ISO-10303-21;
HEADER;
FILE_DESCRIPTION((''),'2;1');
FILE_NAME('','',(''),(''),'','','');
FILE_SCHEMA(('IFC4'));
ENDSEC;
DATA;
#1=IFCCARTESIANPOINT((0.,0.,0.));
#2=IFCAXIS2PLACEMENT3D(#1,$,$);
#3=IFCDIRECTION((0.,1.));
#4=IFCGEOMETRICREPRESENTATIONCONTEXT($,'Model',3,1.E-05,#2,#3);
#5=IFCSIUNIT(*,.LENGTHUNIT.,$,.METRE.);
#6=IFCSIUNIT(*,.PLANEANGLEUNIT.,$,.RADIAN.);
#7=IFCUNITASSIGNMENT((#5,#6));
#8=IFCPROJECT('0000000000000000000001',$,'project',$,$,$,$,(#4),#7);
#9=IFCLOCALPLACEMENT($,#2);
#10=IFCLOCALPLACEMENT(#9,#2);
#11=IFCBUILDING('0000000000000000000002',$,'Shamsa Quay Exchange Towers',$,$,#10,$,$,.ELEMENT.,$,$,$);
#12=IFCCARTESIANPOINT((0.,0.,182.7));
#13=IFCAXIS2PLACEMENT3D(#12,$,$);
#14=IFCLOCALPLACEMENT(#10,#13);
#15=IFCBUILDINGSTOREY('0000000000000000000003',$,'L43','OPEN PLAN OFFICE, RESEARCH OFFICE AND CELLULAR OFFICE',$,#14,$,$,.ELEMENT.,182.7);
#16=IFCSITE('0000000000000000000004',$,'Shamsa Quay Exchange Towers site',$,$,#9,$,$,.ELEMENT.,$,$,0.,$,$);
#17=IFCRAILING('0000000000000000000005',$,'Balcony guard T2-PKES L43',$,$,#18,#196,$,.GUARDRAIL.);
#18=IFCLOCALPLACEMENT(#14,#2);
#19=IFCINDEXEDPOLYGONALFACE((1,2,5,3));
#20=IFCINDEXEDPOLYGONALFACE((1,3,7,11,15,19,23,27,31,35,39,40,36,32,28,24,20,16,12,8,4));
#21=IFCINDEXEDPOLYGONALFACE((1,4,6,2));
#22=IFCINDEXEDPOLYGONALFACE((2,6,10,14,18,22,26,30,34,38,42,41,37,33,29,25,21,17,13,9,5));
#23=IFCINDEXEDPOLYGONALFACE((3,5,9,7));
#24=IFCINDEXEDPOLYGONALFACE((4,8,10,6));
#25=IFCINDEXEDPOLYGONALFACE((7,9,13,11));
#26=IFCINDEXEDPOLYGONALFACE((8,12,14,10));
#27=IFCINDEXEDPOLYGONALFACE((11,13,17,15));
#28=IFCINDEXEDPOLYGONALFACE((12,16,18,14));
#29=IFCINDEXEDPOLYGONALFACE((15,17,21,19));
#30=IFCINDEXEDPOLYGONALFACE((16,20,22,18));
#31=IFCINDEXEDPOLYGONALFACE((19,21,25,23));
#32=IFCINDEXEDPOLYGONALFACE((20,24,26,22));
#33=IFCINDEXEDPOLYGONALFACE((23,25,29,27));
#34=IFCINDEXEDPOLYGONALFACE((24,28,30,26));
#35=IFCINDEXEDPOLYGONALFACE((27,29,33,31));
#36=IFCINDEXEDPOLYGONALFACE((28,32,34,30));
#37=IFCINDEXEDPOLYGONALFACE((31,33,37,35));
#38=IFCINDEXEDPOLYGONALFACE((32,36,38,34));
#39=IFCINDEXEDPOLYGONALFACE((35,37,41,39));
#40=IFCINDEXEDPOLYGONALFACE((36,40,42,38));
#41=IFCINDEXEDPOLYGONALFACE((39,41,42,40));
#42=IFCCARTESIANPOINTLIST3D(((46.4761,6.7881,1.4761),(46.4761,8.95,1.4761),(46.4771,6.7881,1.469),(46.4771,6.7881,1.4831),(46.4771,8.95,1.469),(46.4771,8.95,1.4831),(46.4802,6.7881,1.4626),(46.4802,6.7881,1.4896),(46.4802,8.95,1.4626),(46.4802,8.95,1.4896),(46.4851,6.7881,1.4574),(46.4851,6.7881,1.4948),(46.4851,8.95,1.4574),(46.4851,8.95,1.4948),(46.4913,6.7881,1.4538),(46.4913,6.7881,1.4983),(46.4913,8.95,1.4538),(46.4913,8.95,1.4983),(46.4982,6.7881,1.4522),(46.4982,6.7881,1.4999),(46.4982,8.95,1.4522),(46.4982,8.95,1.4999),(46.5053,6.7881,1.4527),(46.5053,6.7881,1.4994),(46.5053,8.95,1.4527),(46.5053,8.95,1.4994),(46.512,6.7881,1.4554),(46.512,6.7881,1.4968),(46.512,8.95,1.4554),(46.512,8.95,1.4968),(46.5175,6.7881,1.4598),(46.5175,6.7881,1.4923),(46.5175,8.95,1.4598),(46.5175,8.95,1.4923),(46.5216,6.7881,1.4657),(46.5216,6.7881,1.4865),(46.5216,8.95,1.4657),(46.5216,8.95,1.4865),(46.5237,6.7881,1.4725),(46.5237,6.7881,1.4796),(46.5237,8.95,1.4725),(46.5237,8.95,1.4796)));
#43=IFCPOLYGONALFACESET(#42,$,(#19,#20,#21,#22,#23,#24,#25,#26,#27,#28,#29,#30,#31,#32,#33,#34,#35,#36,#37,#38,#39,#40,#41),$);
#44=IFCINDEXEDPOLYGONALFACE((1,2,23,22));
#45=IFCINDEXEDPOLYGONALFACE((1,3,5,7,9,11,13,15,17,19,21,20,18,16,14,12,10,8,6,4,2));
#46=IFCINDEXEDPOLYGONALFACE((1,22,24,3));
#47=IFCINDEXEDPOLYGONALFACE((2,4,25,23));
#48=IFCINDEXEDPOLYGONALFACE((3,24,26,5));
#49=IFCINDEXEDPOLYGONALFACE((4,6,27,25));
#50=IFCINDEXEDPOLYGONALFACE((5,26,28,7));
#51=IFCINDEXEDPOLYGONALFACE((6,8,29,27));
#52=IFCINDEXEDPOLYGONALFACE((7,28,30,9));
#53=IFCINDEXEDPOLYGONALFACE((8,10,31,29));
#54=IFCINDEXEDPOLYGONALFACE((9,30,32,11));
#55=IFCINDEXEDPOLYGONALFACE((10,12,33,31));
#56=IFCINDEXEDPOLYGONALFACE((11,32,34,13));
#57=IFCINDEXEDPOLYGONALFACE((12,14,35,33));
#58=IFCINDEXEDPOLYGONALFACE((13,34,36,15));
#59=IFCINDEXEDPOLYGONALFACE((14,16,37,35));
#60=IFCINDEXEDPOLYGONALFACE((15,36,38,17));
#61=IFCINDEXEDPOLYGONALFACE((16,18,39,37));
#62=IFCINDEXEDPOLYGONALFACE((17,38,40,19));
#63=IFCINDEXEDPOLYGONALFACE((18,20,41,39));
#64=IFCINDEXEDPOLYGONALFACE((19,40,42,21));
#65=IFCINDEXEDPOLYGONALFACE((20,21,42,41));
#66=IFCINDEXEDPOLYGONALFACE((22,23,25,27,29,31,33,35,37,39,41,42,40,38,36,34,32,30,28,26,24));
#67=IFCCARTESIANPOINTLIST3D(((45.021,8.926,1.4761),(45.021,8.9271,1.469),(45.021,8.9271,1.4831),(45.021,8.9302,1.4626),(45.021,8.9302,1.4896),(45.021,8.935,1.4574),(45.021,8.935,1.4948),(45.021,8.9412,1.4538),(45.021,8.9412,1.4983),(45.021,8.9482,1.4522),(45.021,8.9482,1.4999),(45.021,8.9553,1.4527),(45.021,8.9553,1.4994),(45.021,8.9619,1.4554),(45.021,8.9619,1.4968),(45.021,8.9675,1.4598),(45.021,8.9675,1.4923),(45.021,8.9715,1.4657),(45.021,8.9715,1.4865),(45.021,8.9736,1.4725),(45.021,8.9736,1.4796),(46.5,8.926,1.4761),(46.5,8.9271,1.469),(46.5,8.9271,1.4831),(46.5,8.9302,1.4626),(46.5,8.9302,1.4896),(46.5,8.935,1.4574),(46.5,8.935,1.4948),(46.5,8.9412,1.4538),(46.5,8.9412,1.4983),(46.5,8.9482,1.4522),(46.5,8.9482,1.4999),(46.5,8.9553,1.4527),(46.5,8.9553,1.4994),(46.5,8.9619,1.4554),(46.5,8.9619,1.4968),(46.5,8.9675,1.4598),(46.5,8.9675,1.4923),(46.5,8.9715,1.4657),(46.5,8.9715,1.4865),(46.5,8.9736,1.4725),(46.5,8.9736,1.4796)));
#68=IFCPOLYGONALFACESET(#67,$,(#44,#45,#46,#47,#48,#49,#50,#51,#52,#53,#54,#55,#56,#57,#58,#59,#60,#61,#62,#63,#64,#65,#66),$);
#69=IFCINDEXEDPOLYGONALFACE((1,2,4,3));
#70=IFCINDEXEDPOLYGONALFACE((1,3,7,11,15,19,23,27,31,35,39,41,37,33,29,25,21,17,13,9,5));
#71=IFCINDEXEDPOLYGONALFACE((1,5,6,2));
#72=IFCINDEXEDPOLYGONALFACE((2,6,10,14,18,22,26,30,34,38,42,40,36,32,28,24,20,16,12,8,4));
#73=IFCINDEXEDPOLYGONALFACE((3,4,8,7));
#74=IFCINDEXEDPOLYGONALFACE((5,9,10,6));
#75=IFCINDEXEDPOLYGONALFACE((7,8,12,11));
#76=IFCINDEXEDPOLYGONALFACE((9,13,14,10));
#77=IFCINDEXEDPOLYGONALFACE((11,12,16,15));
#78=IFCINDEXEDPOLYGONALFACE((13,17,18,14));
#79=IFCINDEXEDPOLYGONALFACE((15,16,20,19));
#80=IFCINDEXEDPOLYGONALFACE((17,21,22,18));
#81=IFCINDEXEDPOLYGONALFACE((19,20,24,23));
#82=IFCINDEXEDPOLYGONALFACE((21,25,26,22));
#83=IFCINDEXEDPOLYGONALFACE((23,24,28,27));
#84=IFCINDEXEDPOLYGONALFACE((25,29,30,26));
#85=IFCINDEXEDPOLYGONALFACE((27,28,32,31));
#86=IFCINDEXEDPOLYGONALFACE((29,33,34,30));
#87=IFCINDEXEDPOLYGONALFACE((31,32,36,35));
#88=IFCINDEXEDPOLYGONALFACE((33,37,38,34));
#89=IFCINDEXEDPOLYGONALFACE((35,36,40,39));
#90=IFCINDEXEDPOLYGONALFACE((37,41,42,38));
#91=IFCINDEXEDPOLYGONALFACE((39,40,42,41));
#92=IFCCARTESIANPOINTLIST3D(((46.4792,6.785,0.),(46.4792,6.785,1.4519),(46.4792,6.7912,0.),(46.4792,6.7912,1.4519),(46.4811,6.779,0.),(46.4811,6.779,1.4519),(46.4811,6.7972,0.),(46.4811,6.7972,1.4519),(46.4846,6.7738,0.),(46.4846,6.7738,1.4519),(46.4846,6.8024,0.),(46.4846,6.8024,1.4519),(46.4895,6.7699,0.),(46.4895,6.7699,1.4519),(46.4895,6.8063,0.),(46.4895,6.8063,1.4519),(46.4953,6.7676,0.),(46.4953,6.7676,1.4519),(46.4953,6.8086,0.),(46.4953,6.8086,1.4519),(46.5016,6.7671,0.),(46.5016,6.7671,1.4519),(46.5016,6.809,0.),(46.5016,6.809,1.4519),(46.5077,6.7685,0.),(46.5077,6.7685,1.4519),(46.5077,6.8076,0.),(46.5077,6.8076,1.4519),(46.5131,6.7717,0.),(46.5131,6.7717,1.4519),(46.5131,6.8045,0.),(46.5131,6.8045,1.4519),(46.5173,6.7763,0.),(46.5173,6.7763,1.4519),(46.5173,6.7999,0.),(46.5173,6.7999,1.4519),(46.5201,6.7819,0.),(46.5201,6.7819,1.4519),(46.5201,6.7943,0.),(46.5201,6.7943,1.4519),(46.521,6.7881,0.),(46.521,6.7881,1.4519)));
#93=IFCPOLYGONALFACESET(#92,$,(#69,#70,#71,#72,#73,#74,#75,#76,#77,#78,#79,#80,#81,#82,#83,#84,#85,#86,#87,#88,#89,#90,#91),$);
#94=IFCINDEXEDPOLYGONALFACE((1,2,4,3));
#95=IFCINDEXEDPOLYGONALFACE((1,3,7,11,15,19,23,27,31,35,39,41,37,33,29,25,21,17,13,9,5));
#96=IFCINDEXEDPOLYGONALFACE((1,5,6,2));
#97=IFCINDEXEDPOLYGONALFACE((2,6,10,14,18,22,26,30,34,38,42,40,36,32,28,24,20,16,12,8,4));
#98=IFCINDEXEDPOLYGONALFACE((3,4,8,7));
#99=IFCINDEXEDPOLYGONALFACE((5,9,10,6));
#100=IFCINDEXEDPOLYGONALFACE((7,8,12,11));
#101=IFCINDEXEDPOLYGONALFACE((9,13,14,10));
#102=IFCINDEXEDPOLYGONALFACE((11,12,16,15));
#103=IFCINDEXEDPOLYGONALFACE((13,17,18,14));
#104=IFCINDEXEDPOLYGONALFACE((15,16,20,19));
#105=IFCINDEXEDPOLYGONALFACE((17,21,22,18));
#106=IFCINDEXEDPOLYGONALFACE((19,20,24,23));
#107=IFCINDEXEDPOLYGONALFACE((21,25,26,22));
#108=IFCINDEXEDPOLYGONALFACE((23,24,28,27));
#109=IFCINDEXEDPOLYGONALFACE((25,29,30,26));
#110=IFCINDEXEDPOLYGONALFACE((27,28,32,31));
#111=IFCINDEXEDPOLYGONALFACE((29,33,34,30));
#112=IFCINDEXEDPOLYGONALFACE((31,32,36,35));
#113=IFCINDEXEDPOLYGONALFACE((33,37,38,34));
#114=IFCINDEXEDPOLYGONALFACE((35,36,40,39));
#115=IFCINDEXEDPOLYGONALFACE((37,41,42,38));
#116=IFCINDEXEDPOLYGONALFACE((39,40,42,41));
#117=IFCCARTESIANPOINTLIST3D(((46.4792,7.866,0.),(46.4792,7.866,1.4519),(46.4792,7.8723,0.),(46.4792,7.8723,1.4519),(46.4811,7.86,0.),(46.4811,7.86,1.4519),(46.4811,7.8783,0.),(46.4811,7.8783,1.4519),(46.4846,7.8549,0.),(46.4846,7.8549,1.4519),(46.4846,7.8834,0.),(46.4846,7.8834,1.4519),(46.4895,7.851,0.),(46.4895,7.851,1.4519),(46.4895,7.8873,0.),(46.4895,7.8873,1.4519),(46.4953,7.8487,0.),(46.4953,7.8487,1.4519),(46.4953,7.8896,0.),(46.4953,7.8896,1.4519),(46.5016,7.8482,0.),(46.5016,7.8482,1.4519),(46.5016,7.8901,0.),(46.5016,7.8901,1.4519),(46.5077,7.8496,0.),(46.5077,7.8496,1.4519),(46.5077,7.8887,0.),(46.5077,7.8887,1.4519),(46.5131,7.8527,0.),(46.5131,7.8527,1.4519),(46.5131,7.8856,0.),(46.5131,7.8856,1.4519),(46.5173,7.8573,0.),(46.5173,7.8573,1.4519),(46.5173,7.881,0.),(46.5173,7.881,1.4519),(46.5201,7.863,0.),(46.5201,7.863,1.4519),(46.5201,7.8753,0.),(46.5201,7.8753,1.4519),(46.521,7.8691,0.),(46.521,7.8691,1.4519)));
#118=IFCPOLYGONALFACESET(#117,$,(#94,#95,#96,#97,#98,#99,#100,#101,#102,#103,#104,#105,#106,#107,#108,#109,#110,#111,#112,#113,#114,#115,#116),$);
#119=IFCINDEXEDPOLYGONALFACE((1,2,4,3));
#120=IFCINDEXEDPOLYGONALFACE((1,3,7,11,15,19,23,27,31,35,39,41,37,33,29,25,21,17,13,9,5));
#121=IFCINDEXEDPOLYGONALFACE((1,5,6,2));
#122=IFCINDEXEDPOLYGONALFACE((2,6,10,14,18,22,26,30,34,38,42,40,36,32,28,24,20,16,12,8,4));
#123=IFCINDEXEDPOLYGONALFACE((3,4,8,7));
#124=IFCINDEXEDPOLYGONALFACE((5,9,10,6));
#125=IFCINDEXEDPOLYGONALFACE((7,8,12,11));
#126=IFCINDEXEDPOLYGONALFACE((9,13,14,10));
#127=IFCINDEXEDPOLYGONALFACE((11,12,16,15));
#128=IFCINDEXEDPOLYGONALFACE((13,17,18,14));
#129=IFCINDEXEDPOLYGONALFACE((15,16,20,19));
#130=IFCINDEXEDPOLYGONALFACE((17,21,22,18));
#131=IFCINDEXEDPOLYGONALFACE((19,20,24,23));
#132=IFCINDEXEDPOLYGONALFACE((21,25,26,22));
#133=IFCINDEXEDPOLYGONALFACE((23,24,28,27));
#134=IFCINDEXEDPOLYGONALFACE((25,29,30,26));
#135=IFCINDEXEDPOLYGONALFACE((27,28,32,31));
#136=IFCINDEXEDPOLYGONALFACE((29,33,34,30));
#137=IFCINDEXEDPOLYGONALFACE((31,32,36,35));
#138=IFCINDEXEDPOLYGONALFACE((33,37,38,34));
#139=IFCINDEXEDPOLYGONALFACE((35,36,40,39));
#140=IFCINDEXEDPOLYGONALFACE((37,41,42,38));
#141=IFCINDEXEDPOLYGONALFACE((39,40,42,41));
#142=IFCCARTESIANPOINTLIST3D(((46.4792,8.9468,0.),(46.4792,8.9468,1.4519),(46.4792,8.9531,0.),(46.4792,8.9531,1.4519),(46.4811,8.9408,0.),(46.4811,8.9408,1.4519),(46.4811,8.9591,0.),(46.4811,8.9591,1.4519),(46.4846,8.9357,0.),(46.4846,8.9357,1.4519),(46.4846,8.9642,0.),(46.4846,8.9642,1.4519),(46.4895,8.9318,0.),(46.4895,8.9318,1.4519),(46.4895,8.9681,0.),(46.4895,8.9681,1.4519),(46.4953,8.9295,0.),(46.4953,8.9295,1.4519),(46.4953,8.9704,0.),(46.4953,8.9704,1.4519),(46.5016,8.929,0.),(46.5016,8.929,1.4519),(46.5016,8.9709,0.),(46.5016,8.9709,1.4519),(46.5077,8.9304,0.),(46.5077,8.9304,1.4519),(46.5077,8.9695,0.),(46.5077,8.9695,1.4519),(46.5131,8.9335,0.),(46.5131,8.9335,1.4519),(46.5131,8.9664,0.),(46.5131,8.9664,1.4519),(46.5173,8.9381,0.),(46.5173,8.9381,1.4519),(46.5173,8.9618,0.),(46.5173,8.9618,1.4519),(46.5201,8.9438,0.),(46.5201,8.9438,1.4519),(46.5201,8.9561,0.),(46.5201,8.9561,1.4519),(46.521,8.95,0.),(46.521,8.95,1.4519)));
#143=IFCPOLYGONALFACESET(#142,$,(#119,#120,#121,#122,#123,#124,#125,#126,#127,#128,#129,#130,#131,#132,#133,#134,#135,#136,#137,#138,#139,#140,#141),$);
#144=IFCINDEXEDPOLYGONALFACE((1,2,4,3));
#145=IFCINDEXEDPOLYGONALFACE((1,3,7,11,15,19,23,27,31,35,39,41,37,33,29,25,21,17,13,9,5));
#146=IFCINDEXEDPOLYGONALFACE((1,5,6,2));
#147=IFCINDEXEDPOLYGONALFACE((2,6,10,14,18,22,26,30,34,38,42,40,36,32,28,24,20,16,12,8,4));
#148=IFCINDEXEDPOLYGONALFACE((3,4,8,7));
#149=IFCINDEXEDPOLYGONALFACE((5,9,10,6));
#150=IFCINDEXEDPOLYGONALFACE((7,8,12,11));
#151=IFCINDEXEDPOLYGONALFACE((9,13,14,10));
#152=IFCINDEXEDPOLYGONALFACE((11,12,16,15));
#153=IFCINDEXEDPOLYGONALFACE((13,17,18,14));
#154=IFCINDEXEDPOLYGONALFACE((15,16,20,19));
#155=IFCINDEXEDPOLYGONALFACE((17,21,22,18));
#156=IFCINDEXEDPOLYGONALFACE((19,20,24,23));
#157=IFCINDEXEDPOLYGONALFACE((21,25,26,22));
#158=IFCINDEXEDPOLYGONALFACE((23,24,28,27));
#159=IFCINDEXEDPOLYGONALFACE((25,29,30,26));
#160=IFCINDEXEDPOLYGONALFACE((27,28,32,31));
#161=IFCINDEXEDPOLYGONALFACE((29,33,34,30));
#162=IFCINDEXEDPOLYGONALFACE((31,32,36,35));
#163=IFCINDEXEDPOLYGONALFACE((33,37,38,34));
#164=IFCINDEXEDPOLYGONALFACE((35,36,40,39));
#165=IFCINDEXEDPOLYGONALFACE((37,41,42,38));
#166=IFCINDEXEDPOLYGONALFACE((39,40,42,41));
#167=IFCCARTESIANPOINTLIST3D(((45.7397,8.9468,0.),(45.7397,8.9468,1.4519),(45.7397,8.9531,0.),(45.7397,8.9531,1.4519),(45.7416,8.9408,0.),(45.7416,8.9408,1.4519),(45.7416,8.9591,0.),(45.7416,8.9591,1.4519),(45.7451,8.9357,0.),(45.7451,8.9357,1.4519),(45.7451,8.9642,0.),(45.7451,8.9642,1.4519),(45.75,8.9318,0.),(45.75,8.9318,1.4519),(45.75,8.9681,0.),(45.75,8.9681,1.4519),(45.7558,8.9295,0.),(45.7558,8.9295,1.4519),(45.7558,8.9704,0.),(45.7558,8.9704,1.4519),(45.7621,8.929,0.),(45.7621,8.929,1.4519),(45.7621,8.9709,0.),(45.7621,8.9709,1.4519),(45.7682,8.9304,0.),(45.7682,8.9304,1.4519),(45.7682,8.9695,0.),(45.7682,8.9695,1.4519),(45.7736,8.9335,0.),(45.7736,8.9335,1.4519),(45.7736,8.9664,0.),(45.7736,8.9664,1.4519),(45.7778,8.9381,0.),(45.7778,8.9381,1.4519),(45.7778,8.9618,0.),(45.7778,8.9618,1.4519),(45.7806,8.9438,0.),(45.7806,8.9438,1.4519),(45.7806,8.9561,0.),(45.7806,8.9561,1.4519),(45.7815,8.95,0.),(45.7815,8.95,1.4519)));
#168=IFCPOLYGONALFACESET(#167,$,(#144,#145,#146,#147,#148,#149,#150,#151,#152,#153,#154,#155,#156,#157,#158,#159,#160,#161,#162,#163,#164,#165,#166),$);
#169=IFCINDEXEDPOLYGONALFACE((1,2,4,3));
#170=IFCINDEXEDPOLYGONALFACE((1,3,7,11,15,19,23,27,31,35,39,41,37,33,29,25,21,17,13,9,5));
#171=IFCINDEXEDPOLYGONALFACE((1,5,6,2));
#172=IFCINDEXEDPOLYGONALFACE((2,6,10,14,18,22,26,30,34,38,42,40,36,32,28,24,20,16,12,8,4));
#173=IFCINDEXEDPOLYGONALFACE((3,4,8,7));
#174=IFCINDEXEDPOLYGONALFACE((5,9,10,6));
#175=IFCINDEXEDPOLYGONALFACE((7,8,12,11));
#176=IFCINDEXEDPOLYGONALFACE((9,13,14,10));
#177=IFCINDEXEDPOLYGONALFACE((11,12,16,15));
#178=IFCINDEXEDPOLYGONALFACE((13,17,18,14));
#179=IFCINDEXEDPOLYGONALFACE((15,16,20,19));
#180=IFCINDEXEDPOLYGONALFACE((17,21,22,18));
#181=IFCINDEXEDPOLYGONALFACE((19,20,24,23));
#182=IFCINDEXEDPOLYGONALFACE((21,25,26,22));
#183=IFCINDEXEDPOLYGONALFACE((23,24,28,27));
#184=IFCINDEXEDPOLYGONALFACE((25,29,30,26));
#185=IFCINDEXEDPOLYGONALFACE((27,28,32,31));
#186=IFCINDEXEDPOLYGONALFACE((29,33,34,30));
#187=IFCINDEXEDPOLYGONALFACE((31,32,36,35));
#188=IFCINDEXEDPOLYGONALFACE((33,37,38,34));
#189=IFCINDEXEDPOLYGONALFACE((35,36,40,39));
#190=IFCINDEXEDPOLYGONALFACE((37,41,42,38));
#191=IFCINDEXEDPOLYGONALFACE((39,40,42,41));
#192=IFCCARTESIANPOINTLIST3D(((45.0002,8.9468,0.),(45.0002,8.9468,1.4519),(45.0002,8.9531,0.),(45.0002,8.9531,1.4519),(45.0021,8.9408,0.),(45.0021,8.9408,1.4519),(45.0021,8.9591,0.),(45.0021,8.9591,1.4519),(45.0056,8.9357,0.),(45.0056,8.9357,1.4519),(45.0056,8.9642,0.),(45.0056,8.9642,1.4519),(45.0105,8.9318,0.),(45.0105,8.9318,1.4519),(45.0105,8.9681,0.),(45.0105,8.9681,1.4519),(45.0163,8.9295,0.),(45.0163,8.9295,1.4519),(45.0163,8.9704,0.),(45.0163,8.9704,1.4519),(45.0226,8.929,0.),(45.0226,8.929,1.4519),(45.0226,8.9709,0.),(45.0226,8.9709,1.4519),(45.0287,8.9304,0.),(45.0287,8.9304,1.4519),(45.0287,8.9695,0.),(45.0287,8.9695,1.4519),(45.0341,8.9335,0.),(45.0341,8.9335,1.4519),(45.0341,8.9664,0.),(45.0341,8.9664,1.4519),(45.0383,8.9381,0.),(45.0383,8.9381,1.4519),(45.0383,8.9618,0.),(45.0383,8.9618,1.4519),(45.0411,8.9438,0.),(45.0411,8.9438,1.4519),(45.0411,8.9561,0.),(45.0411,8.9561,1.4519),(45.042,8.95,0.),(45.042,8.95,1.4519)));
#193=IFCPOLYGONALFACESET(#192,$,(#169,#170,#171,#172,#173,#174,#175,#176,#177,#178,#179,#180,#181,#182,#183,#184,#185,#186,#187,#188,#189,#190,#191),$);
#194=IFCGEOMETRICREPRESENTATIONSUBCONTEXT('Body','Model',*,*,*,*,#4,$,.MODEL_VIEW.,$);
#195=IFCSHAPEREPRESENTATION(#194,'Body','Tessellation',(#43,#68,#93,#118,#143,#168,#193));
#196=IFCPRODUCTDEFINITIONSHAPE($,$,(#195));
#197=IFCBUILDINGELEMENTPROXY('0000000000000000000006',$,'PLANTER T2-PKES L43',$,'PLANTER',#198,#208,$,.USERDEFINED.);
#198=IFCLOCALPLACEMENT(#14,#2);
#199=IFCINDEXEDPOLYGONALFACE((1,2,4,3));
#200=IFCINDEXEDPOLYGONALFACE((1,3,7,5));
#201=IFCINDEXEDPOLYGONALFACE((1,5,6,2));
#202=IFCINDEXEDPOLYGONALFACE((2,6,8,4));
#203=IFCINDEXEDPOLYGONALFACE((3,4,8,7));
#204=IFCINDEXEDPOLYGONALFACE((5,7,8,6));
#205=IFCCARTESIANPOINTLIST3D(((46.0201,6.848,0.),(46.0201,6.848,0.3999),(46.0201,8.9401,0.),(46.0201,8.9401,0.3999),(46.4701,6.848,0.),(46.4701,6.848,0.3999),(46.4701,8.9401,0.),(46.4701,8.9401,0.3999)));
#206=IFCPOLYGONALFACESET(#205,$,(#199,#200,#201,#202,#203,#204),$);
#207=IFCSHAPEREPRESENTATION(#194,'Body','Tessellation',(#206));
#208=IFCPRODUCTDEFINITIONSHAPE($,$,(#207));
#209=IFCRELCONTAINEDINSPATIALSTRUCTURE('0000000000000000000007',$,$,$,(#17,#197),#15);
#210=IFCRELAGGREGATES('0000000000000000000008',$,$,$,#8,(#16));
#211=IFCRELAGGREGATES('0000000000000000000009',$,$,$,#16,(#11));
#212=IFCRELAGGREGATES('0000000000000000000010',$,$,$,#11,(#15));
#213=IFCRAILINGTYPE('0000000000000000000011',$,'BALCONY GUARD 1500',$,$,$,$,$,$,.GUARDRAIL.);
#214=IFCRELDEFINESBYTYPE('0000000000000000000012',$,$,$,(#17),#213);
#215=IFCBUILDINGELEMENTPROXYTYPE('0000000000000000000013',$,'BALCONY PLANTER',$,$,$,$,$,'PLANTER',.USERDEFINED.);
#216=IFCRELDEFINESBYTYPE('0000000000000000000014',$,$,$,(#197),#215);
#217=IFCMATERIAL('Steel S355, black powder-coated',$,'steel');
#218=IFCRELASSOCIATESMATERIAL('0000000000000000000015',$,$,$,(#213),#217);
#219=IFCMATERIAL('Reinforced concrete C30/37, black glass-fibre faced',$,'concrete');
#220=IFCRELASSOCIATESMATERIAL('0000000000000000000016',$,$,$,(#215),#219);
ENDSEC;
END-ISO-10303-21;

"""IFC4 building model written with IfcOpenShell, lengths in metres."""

from ifc_helpers import new_model, si_unit, direction, frame, origin, origin_2d, place, context, subcontext, project, spatial, rectangle, circle, extrude, material, type_object, element, save


model = new_model("IFC4")

# Units and contexts
model_context = context("Model", 3, precision=1e-05, world=origin(), true_north=direction((0.0, 1.0)))
body_context = subcontext(model_context, "Body", "Model", "MODEL_VIEW")
ifc_project = project(units=[si_unit("LENGTHUNIT", "METRE"), si_unit("PLANEANGLEUNIT", "RADIAN")], contexts=[model_context])

# Site, building, storey
site_placement = place(None, origin())
site = spatial("IfcSite", under=ifc_project, at=site_placement, Name="Shamsa Quay Exchange Towers site", CompositionType="ELEMENT", RefElevation=0.0)
building_placement = place(site_placement, origin())
building = spatial("IfcBuilding", under=site, at=building_placement, Name="Shamsa Quay Exchange Towers", CompositionType="ELEMENT")
storey_placement = place(building_placement, frame((0.0, 0.0, 182.7)))
storey = spatial("IfcBuildingStorey", under=building, at=storey_placement, Name="L43", Description="OPEN PLAN OFFICE, RESEARCH OFFICE AND CELLULAR OFFICE", CompositionType="ELEMENT", Elevation=182.7)

# Railing
ifc_material_1 = material(Name="Steel S355, black powder-coated", Category="steel")
railing_type_1 = type_object("IfcRailingType", Name="BALCONY GUARD 1500", PredefinedType="GUARDRAIL", material=ifc_material_1)
railing_1_placement = place(storey_placement, frame((46.5, 6.7881, 0.0)))
element("IfcRailing", 1, at=railing_1_placement, inside=storey, type_object=railing_type_1, Name="Balcony guard T2-PKES L43", PredefinedType="GUARDRAIL", context=body_context, shape_type="SweptSolid", body=[
    extrude(circle(Radius=0.0239, at=origin_2d()), frame((0.0, 0.0, 1.4761), z_axis=(0.0, 1.0, 0.0), x_axis=(-1.0, 0.0, 0.0)), (0.0, 0.0, 1.0), 2.1619),
    extrude(circle(Radius=0.0239, at=origin_2d()), frame((0.0, 2.1619, 1.4761), z_axis=(-1.0, 0.0, 0.0), x_axis=(0.0, -1.0, 0.0)), (0.0, 0.0, 1.0), 1.479),
    extrude(circle(Radius=0.021, at=origin_2d()), origin(), (0.0, 0.0, 1.0), 1.4519),
    extrude(circle(Radius=0.021, at=origin_2d()), frame((0.0, 1.0811, 0.0)), (0.0, 0.0, 1.0), 1.4519),
    extrude(circle(Radius=0.021, at=origin_2d()), frame((0.0, 2.1619, 0.0)), (0.0, 0.0, 1.0), 1.4519),
    extrude(circle(Radius=0.021, at=origin_2d()), frame((-0.7395, 2.1619, 0.0)), (0.0, 0.0, 1.0), 1.4519),
    extrude(circle(Radius=0.021, at=origin_2d()), frame((-1.479, 2.1619, 0.0)), (0.0, 0.0, 1.0), 1.4519),
])

# Building element proxy
ifc_material_2 = material(Name="Reinforced concrete C30/37, black glass-fibre faced", Category="concrete")
building_element_proxy_type = type_object("IfcBuildingElementProxyType", Name="BALCONY PLANTER", ElementType="PLANTER", PredefinedType="USERDEFINED", material=ifc_material_2)
proxy_placement = place(storey_placement, frame((46.2451, 7.894, 0.0), z_axis=(0.0, 0.0, 1.0), x_axis=(0.0, 1.0, 0.0)))
element("IfcBuildingElementProxy", 2, at=proxy_placement, inside=storey, type_object=building_element_proxy_type, Name="PLANTER T2-PKES L43", ObjectType="PLANTER", PredefinedType="USERDEFINED", context=body_context, shape_type="SweptSolid", body=[
    extrude(rectangle(XDim=2.092, YDim=0.45, at=origin_2d()), origin(), (0.0, 0.0, 1.0), 0.3999),
])

save(model, "model.ifc")
